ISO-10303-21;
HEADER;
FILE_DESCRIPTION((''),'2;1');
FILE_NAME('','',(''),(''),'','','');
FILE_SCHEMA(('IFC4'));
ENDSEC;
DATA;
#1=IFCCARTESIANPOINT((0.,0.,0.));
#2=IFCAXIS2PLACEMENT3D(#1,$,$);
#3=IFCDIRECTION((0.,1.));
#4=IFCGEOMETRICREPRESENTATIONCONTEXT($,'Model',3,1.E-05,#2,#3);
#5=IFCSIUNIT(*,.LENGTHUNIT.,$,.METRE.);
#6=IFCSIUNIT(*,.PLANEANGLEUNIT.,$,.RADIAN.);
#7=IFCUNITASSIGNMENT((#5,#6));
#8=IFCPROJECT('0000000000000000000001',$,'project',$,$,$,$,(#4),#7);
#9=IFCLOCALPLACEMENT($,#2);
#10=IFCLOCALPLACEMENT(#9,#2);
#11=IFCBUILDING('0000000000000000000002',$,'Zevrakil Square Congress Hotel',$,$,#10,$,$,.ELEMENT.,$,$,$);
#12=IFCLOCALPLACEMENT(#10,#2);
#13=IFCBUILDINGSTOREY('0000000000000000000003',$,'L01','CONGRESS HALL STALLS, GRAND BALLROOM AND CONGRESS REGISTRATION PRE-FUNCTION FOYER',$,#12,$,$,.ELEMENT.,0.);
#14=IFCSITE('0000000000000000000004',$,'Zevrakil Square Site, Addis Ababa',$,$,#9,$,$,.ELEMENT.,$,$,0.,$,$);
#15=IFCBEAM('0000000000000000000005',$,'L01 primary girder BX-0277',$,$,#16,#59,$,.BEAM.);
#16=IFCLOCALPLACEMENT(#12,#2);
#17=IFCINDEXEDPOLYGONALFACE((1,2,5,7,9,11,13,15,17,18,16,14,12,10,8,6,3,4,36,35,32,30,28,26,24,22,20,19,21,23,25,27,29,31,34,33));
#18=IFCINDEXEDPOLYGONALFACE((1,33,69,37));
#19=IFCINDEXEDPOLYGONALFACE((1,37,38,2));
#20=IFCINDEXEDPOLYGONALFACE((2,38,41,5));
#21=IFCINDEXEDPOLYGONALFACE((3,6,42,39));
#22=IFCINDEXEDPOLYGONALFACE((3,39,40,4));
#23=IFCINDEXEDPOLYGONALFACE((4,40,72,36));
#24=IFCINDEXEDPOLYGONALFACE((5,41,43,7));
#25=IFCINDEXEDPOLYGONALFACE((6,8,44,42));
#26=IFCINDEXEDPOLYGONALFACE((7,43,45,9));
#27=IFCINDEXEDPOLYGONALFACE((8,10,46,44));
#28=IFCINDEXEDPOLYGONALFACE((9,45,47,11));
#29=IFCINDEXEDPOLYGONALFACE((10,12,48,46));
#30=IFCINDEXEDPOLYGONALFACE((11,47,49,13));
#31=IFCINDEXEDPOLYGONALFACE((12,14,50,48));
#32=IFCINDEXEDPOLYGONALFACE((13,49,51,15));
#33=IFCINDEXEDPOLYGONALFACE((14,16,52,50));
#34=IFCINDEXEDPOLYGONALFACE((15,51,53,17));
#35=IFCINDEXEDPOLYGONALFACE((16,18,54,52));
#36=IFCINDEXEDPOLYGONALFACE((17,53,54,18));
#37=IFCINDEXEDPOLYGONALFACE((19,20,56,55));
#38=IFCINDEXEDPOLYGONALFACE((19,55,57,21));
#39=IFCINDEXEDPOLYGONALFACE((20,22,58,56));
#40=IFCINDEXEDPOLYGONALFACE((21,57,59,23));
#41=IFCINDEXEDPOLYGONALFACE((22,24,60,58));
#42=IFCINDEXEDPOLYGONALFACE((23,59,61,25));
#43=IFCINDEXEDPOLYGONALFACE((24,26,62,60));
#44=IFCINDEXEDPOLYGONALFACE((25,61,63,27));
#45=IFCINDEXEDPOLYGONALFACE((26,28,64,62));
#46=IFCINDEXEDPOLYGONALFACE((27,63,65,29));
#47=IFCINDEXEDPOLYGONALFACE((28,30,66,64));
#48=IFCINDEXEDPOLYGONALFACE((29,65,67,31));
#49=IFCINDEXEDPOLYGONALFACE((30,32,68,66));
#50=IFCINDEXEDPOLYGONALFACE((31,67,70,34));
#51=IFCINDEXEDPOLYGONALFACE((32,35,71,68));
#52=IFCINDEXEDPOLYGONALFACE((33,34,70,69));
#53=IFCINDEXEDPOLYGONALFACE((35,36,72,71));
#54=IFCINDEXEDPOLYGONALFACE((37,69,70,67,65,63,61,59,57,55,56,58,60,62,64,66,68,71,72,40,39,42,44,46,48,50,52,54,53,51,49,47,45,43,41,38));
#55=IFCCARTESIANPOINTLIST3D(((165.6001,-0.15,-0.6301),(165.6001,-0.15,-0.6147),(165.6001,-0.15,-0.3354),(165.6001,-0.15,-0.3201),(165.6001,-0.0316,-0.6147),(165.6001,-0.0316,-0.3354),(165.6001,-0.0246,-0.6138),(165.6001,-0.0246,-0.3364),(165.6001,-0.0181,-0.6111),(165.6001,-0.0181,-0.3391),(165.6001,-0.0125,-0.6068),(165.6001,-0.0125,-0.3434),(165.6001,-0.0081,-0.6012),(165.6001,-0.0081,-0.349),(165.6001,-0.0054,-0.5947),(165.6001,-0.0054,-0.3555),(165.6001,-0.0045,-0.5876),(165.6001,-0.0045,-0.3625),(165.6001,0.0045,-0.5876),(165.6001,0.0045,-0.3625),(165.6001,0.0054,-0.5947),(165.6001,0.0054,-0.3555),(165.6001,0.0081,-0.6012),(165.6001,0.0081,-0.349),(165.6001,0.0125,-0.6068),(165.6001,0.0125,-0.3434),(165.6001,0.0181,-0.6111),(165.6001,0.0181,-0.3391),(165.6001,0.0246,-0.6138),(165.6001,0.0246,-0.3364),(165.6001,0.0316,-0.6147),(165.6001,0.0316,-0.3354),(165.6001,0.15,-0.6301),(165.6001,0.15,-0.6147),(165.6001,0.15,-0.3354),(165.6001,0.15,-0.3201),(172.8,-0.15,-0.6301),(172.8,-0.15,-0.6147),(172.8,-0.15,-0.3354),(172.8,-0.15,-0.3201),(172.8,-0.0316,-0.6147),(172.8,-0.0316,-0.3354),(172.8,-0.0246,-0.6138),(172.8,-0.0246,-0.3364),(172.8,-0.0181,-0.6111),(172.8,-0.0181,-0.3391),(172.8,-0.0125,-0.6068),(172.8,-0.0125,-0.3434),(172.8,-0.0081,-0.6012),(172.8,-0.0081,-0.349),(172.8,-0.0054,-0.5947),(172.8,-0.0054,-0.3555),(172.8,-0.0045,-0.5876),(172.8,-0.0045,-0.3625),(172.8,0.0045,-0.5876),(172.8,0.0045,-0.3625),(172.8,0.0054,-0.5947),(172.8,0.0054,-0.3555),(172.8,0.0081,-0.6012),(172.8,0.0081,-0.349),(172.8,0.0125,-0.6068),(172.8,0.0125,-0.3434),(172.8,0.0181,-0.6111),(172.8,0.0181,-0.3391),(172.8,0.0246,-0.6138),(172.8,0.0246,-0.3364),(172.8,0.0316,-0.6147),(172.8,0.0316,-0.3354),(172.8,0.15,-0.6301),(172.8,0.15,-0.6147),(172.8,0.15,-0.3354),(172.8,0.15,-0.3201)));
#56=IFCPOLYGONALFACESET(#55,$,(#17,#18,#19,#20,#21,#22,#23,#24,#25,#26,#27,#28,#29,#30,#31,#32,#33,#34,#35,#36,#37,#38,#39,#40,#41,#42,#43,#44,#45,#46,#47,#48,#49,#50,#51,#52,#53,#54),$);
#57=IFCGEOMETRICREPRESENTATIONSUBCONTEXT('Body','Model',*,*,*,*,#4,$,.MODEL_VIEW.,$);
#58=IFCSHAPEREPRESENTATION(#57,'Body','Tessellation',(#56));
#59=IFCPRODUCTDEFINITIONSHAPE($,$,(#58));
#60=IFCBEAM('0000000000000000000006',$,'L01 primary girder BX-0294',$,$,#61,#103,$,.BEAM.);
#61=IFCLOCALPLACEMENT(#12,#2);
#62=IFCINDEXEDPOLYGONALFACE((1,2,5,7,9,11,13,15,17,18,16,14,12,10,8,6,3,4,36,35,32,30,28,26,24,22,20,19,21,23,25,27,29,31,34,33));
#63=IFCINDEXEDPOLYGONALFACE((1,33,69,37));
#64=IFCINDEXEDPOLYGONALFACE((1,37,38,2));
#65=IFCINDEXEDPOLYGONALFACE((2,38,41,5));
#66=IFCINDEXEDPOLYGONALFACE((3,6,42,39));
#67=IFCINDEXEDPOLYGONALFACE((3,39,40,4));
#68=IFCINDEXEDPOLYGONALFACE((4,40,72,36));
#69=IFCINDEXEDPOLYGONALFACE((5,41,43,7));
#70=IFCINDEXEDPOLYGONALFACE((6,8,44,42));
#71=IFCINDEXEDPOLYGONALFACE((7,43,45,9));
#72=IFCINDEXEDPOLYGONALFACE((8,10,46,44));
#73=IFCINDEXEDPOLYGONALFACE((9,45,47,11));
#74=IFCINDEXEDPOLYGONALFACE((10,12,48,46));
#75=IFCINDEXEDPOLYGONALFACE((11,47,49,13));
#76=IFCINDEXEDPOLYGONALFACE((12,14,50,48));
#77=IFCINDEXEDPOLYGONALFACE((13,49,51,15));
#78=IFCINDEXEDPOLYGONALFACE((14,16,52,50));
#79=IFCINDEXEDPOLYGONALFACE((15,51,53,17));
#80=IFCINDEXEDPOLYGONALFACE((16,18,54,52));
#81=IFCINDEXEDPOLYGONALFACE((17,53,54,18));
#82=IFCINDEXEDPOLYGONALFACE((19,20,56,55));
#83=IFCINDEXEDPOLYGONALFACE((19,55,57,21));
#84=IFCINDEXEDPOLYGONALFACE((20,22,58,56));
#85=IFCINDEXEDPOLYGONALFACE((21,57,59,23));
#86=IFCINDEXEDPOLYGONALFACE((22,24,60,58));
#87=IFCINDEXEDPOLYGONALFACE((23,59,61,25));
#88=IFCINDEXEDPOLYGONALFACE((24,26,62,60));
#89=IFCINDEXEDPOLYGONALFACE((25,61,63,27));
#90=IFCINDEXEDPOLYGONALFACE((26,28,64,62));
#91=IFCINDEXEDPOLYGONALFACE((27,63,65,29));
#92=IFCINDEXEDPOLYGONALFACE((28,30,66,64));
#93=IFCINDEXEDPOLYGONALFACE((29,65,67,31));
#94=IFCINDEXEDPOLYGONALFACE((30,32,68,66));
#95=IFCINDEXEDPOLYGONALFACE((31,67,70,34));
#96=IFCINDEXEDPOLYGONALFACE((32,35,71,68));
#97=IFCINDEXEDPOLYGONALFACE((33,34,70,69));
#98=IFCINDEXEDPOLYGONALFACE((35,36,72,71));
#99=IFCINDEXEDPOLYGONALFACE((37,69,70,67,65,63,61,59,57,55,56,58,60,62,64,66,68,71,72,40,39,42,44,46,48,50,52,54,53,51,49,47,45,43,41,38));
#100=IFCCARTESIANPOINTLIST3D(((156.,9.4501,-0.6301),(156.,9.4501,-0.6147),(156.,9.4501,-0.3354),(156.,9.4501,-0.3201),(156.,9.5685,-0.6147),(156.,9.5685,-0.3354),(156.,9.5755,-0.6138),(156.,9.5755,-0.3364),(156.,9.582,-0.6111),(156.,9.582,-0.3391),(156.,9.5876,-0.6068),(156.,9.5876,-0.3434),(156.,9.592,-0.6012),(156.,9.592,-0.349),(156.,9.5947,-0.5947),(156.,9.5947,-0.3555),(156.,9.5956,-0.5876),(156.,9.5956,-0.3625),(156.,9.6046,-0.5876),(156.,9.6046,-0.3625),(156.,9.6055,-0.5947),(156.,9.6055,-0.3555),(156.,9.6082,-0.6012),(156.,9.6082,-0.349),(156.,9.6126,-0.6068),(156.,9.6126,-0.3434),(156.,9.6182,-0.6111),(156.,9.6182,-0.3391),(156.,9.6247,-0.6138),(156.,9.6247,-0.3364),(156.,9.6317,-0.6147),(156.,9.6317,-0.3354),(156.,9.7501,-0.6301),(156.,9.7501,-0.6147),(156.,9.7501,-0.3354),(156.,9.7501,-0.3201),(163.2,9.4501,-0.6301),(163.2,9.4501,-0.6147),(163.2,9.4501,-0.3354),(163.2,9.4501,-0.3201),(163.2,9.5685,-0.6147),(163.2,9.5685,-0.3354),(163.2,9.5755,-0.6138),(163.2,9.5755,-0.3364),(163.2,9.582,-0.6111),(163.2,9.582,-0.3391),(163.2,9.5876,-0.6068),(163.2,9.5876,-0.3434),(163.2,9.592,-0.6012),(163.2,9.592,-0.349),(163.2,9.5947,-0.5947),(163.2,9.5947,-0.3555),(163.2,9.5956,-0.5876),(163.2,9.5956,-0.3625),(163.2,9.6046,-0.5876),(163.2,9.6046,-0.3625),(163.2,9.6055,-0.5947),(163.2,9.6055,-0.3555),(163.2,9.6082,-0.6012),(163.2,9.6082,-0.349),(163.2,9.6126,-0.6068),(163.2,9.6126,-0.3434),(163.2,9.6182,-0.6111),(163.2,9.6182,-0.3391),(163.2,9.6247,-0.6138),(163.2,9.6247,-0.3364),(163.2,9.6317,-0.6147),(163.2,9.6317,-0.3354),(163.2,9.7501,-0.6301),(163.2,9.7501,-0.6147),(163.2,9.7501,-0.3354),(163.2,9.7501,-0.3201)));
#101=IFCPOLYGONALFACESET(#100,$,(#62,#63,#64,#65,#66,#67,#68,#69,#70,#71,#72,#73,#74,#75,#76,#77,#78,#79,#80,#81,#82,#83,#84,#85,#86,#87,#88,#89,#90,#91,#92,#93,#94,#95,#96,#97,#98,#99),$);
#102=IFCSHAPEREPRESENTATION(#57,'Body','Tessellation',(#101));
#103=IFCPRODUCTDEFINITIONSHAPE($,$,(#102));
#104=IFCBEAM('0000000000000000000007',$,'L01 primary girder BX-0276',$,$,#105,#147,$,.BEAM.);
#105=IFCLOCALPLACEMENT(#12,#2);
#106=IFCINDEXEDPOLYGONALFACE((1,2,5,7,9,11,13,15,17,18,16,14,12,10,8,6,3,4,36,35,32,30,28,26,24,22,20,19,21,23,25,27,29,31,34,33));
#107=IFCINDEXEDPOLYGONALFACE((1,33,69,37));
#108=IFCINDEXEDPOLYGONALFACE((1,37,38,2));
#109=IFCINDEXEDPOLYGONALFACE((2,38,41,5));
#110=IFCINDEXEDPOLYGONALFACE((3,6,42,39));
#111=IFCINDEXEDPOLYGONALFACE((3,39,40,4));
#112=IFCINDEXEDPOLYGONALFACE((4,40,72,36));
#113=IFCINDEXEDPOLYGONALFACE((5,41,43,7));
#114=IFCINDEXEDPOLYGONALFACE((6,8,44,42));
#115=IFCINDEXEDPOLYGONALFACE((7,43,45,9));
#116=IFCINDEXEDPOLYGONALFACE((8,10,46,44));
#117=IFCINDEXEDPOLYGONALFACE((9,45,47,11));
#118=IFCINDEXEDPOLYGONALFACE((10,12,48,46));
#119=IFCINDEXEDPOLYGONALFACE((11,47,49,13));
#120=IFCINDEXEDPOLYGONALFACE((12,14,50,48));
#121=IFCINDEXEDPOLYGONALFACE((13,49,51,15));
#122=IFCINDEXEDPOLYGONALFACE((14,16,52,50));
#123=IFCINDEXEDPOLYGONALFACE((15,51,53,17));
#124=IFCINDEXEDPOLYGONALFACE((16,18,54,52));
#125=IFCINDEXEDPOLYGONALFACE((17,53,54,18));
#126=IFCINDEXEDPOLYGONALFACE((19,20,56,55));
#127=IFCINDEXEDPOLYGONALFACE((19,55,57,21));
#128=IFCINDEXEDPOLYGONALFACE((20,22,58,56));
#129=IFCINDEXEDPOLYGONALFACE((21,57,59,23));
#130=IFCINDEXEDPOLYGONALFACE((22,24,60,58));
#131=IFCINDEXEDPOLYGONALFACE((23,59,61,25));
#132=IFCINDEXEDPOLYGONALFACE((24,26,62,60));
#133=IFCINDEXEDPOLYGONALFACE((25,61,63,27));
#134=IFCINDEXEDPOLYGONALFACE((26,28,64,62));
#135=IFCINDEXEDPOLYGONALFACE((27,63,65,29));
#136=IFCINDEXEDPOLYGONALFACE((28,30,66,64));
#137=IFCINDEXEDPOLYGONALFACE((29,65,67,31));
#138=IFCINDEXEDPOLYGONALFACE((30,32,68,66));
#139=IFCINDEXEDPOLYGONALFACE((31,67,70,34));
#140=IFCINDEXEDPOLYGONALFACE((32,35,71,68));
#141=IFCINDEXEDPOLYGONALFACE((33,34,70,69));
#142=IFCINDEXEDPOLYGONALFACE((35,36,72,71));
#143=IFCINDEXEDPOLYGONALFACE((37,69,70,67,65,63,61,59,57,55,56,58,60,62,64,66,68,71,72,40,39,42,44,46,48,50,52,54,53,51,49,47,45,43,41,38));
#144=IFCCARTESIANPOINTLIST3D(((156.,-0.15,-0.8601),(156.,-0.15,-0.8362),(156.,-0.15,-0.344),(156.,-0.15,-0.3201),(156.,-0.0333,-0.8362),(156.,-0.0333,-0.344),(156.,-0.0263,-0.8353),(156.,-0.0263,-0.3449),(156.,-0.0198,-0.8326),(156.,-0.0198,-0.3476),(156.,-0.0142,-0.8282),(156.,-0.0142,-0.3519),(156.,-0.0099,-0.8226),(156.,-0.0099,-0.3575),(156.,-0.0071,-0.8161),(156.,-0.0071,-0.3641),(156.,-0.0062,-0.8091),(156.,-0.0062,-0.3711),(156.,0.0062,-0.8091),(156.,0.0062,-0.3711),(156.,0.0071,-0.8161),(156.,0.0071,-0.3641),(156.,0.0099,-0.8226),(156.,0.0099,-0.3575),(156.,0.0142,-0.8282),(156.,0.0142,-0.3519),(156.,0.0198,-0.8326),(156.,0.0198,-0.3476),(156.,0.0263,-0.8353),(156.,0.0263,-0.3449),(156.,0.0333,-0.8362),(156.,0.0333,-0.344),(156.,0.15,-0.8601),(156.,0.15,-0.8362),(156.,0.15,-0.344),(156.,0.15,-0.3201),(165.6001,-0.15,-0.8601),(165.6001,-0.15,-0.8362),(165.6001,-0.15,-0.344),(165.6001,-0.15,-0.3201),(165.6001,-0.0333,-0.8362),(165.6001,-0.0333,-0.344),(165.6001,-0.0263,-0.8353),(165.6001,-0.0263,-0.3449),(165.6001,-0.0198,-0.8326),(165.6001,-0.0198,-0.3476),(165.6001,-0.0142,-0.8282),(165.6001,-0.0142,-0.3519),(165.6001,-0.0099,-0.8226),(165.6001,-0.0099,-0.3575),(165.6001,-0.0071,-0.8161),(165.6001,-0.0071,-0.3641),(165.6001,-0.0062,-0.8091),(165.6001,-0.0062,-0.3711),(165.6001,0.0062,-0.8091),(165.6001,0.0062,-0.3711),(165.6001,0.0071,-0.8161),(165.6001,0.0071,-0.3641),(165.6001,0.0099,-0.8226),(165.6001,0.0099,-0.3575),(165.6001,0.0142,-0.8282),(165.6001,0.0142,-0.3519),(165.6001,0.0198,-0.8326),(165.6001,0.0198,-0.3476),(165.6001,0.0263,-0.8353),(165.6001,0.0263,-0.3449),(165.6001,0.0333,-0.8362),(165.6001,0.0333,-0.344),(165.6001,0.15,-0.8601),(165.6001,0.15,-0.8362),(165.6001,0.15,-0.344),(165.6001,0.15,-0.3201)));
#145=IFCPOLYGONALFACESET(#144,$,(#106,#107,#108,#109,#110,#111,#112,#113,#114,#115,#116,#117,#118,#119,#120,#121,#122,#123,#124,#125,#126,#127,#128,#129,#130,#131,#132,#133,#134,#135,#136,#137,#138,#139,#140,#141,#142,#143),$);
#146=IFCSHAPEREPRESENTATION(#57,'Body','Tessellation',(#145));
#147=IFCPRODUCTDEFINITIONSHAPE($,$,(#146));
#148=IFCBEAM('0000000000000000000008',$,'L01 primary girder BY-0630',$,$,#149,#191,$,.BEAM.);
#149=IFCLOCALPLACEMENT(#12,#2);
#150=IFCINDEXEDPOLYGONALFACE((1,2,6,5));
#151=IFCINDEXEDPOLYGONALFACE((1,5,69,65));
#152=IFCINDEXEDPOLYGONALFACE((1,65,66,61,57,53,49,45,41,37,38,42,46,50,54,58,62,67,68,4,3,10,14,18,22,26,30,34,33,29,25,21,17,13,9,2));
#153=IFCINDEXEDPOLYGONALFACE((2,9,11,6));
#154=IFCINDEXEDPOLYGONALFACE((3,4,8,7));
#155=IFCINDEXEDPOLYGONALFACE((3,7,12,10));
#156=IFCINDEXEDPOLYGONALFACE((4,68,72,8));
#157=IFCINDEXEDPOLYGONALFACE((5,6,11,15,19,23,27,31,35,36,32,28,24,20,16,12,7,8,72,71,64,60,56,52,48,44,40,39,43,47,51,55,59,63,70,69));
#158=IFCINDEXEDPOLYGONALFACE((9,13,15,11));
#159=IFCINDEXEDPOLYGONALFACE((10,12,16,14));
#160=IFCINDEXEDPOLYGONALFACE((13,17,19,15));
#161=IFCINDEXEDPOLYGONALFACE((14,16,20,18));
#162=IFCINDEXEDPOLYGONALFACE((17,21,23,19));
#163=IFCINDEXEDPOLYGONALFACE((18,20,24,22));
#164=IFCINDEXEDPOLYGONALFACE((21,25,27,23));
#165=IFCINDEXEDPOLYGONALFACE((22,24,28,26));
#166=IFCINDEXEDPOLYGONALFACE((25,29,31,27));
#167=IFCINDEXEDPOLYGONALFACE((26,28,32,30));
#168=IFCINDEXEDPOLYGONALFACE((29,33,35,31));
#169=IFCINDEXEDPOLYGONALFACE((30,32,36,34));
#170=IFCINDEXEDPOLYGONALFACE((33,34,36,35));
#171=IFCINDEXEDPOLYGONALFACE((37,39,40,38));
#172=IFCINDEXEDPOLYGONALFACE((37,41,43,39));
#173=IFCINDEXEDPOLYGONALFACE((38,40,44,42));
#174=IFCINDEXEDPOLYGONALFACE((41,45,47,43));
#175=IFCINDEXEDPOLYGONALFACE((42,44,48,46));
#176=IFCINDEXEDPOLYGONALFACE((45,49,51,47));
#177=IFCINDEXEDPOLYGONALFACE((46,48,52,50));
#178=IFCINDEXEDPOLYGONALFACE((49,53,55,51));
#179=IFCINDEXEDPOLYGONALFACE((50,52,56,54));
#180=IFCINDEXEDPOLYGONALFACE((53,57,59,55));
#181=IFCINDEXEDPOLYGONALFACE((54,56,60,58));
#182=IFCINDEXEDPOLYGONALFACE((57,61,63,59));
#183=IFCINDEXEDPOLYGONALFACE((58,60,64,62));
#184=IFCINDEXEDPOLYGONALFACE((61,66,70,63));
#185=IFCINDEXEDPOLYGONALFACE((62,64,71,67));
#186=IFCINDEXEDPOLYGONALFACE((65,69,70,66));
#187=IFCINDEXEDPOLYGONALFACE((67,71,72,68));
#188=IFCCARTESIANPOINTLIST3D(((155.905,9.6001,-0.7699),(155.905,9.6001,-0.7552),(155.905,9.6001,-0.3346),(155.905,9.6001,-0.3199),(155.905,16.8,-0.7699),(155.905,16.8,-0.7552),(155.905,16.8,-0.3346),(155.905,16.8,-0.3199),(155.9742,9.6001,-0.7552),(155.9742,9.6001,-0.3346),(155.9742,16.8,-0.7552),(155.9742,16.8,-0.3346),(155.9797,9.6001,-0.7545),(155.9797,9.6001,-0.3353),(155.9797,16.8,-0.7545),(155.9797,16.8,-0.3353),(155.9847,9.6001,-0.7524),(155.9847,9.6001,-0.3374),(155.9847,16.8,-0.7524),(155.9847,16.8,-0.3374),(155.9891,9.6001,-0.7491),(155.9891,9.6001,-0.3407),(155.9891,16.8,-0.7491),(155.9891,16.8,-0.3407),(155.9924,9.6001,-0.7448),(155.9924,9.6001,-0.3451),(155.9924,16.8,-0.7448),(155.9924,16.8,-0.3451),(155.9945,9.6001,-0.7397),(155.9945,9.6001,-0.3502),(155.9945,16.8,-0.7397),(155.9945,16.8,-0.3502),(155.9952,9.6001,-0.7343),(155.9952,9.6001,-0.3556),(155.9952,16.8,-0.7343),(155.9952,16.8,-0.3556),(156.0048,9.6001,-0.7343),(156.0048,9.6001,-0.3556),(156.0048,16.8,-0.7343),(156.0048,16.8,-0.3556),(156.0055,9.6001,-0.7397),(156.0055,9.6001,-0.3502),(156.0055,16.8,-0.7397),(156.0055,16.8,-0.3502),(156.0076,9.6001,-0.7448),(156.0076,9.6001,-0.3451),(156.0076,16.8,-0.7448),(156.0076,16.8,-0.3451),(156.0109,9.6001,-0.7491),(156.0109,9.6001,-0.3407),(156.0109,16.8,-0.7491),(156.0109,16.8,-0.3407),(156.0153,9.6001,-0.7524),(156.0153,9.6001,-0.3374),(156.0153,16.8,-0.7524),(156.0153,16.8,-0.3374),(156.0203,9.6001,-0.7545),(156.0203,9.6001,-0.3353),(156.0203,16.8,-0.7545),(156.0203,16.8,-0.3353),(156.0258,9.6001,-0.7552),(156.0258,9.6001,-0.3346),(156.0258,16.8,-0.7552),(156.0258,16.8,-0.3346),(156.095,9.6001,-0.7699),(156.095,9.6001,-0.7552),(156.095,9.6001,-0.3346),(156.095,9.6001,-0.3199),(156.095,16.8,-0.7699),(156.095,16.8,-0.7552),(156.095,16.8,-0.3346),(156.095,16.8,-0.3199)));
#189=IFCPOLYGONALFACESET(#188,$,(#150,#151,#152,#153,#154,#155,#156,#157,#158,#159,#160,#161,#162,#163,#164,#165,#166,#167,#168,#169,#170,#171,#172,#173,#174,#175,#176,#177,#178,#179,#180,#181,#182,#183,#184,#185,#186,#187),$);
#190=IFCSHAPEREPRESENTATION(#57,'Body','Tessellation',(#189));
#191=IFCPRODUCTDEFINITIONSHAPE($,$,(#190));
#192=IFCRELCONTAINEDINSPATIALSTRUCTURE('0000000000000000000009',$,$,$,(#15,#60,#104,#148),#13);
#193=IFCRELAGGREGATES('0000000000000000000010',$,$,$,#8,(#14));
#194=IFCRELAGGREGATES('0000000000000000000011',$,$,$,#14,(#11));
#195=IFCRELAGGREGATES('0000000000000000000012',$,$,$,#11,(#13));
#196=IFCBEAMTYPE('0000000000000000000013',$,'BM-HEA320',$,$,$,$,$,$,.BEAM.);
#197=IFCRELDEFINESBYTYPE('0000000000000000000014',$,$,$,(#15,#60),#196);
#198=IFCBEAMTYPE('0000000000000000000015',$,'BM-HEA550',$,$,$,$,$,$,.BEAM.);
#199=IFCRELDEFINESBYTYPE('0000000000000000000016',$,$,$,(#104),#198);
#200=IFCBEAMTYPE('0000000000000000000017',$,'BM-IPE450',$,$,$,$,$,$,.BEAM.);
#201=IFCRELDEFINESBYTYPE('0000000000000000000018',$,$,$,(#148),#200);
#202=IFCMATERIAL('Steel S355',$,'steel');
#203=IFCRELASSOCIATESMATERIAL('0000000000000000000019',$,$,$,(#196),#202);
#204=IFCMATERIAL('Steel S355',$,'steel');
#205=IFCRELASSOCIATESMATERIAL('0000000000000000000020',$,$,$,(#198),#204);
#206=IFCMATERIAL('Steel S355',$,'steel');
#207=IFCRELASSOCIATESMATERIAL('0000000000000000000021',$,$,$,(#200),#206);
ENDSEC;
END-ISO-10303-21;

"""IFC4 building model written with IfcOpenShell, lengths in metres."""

from ifc_helpers import new_model, si_unit, direction, frame, origin, origin_2d, place, context, subcontext, project, spatial, i_section, extrude, material, material_profile, profile_set, type_object, element, save


model = new_model("IFC4")

# Units and contexts
model_context = context("Model", 3, precision=1e-05, world=origin(), true_north=direction((0.0, 1.0)))
body_context = subcontext(model_context, "Body", "Model", "MODEL_VIEW")
ifc_project = project(units=[si_unit("LENGTHUNIT", "METRE"), si_unit("PLANEANGLEUNIT", "RADIAN")], contexts=[model_context])

# Site, building, storey
site_placement = place(None, origin())
site = spatial("IfcSite", under=ifc_project, at=site_placement, Name="Zevrakil Square Site, Addis Ababa", CompositionType="ELEMENT", RefElevation=0.0)
building_placement = place(site_placement, origin())
building = spatial("IfcBuilding", under=site, at=building_placement, Name="Zevrakil Square Congress Hotel", CompositionType="ELEMENT")
storey_placement = place(building_placement, origin())
storey = spatial("IfcBuildingStorey", under=building, at=storey_placement, Name="L01", Description="CONGRESS HALL STALLS, GRAND BALLROOM AND CONGRESS REGISTRATION PRE-FUNCTION FOYER", CompositionType="ELEMENT", Elevation=0.0)

# Beams
ifc_material_1 = material(Name="Steel S355", Category="steel")
ifc_material_profile_1 = material_profile(ifc_material_1, i_section(OverallWidth=0.3, OverallDepth=0.3101, WebThickness=0.009, FlangeThickness=0.0154, FilletRadius=0.0271, at=origin_2d()), Name="HEA 320")
ifc_profile_set_1 = profile_set([ifc_material_profile_1], Name="Steel S355")
beam_type_1 = type_object("IfcBeamType", Name="BM-HEA320", PredefinedType="BEAM", material=ifc_profile_set_1)
for number, where, z_axis, x_axis, name in (
    (1, (165.6001, 0.0, -0.4751), (1.0, 0.0, 0.0), (0.0, 1.0, 0.0), "L01 primary girder BX-0277"),
    (2, (156.0, 9.6001, -0.4751), (1.0, 0.0, 0.0), (0.0, 1.0, 0.0), "L01 primary girder BX-0294"),
):
    element("IfcBeam", number, at=place(storey_placement, frame(where, z_axis=z_axis, x_axis=x_axis)), inside=storey, type_object=beam_type_1, Name=name, PredefinedType="BEAM", context=body_context, shape_type="SweptSolid", body=[
        extrude(i_section(OverallWidth=0.3, OverallDepth=0.3101, WebThickness=0.009, FlangeThickness=0.0154, FilletRadius=0.0271, at=origin_2d()), origin(), (0.0, 0.0, 1.0), 7.2),
    ])
ifc_material_2 = material(Name="Steel S355", Category="steel")
ifc_material_profile_2 = material_profile(ifc_material_2, i_section(OverallWidth=0.3, OverallDepth=0.54, WebThickness=0.0125, FlangeThickness=0.0239, FilletRadius=0.0271, at=origin_2d()), Name="HEA 550")
ifc_profile_set_2 = profile_set([ifc_material_profile_2], Name="Steel S355")
beam_type_2 = type_object("IfcBeamType", Name="BM-HEA550", PredefinedType="BEAM", material=ifc_profile_set_2)
beam_placement = place(storey_placement, frame((156.0, 0.0, -0.5901), z_axis=(1.0, 0.0, 0.0), x_axis=(0.0, 1.0, 0.0)))
element("IfcBeam", 3, at=beam_placement, inside=storey, type_object=beam_type_2, Name="L01 primary girder BX-0276", PredefinedType="BEAM", context=body_context, shape_type="SweptSolid", body=[
    extrude(i_section(OverallWidth=0.3, OverallDepth=0.54, WebThickness=0.0125, FlangeThickness=0.0239, FilletRadius=0.0271, at=origin_2d()), origin(), (0.0, 0.0, 1.0), 9.6001),
])
ifc_material_3 = material(Name="Steel S355", Category="steel")
ifc_material_profile_3 = material_profile(ifc_material_3, i_section(OverallWidth=0.1899, OverallDepth=0.45, WebThickness=0.0095, FlangeThickness=0.0146, FilletRadius=0.021, at=origin_2d()), Name="IPE 450")
ifc_profile_set_3 = profile_set([ifc_material_profile_3], Name="Steel S355")
beam_type_3 = type_object("IfcBeamType", Name="BM-IPE450", PredefinedType="BEAM", material=ifc_profile_set_3)
for number, where, z_axis, x_axis, name in (
    (4, (156.0, 9.6001, -0.5449), (0.0, 1.0, 0.0), (-1.0, 0.0, 0.0), "L01 primary girder BY-0630"),
):
    element("IfcBeam", number, at=place(storey_placement, frame(where, z_axis=z_axis, x_axis=x_axis)), inside=storey, type_object=beam_type_3, Name=name, PredefinedType="BEAM", context=body_context, shape_type="SweptSolid", body=[
        extrude(i_section(OverallWidth=0.1899, OverallDepth=0.45, WebThickness=0.0095, FlangeThickness=0.0146, FilletRadius=0.021, at=origin_2d()), origin(), (0.0, 0.0, 1.0), 7.2),
    ])

save(model, "model.ifc")
